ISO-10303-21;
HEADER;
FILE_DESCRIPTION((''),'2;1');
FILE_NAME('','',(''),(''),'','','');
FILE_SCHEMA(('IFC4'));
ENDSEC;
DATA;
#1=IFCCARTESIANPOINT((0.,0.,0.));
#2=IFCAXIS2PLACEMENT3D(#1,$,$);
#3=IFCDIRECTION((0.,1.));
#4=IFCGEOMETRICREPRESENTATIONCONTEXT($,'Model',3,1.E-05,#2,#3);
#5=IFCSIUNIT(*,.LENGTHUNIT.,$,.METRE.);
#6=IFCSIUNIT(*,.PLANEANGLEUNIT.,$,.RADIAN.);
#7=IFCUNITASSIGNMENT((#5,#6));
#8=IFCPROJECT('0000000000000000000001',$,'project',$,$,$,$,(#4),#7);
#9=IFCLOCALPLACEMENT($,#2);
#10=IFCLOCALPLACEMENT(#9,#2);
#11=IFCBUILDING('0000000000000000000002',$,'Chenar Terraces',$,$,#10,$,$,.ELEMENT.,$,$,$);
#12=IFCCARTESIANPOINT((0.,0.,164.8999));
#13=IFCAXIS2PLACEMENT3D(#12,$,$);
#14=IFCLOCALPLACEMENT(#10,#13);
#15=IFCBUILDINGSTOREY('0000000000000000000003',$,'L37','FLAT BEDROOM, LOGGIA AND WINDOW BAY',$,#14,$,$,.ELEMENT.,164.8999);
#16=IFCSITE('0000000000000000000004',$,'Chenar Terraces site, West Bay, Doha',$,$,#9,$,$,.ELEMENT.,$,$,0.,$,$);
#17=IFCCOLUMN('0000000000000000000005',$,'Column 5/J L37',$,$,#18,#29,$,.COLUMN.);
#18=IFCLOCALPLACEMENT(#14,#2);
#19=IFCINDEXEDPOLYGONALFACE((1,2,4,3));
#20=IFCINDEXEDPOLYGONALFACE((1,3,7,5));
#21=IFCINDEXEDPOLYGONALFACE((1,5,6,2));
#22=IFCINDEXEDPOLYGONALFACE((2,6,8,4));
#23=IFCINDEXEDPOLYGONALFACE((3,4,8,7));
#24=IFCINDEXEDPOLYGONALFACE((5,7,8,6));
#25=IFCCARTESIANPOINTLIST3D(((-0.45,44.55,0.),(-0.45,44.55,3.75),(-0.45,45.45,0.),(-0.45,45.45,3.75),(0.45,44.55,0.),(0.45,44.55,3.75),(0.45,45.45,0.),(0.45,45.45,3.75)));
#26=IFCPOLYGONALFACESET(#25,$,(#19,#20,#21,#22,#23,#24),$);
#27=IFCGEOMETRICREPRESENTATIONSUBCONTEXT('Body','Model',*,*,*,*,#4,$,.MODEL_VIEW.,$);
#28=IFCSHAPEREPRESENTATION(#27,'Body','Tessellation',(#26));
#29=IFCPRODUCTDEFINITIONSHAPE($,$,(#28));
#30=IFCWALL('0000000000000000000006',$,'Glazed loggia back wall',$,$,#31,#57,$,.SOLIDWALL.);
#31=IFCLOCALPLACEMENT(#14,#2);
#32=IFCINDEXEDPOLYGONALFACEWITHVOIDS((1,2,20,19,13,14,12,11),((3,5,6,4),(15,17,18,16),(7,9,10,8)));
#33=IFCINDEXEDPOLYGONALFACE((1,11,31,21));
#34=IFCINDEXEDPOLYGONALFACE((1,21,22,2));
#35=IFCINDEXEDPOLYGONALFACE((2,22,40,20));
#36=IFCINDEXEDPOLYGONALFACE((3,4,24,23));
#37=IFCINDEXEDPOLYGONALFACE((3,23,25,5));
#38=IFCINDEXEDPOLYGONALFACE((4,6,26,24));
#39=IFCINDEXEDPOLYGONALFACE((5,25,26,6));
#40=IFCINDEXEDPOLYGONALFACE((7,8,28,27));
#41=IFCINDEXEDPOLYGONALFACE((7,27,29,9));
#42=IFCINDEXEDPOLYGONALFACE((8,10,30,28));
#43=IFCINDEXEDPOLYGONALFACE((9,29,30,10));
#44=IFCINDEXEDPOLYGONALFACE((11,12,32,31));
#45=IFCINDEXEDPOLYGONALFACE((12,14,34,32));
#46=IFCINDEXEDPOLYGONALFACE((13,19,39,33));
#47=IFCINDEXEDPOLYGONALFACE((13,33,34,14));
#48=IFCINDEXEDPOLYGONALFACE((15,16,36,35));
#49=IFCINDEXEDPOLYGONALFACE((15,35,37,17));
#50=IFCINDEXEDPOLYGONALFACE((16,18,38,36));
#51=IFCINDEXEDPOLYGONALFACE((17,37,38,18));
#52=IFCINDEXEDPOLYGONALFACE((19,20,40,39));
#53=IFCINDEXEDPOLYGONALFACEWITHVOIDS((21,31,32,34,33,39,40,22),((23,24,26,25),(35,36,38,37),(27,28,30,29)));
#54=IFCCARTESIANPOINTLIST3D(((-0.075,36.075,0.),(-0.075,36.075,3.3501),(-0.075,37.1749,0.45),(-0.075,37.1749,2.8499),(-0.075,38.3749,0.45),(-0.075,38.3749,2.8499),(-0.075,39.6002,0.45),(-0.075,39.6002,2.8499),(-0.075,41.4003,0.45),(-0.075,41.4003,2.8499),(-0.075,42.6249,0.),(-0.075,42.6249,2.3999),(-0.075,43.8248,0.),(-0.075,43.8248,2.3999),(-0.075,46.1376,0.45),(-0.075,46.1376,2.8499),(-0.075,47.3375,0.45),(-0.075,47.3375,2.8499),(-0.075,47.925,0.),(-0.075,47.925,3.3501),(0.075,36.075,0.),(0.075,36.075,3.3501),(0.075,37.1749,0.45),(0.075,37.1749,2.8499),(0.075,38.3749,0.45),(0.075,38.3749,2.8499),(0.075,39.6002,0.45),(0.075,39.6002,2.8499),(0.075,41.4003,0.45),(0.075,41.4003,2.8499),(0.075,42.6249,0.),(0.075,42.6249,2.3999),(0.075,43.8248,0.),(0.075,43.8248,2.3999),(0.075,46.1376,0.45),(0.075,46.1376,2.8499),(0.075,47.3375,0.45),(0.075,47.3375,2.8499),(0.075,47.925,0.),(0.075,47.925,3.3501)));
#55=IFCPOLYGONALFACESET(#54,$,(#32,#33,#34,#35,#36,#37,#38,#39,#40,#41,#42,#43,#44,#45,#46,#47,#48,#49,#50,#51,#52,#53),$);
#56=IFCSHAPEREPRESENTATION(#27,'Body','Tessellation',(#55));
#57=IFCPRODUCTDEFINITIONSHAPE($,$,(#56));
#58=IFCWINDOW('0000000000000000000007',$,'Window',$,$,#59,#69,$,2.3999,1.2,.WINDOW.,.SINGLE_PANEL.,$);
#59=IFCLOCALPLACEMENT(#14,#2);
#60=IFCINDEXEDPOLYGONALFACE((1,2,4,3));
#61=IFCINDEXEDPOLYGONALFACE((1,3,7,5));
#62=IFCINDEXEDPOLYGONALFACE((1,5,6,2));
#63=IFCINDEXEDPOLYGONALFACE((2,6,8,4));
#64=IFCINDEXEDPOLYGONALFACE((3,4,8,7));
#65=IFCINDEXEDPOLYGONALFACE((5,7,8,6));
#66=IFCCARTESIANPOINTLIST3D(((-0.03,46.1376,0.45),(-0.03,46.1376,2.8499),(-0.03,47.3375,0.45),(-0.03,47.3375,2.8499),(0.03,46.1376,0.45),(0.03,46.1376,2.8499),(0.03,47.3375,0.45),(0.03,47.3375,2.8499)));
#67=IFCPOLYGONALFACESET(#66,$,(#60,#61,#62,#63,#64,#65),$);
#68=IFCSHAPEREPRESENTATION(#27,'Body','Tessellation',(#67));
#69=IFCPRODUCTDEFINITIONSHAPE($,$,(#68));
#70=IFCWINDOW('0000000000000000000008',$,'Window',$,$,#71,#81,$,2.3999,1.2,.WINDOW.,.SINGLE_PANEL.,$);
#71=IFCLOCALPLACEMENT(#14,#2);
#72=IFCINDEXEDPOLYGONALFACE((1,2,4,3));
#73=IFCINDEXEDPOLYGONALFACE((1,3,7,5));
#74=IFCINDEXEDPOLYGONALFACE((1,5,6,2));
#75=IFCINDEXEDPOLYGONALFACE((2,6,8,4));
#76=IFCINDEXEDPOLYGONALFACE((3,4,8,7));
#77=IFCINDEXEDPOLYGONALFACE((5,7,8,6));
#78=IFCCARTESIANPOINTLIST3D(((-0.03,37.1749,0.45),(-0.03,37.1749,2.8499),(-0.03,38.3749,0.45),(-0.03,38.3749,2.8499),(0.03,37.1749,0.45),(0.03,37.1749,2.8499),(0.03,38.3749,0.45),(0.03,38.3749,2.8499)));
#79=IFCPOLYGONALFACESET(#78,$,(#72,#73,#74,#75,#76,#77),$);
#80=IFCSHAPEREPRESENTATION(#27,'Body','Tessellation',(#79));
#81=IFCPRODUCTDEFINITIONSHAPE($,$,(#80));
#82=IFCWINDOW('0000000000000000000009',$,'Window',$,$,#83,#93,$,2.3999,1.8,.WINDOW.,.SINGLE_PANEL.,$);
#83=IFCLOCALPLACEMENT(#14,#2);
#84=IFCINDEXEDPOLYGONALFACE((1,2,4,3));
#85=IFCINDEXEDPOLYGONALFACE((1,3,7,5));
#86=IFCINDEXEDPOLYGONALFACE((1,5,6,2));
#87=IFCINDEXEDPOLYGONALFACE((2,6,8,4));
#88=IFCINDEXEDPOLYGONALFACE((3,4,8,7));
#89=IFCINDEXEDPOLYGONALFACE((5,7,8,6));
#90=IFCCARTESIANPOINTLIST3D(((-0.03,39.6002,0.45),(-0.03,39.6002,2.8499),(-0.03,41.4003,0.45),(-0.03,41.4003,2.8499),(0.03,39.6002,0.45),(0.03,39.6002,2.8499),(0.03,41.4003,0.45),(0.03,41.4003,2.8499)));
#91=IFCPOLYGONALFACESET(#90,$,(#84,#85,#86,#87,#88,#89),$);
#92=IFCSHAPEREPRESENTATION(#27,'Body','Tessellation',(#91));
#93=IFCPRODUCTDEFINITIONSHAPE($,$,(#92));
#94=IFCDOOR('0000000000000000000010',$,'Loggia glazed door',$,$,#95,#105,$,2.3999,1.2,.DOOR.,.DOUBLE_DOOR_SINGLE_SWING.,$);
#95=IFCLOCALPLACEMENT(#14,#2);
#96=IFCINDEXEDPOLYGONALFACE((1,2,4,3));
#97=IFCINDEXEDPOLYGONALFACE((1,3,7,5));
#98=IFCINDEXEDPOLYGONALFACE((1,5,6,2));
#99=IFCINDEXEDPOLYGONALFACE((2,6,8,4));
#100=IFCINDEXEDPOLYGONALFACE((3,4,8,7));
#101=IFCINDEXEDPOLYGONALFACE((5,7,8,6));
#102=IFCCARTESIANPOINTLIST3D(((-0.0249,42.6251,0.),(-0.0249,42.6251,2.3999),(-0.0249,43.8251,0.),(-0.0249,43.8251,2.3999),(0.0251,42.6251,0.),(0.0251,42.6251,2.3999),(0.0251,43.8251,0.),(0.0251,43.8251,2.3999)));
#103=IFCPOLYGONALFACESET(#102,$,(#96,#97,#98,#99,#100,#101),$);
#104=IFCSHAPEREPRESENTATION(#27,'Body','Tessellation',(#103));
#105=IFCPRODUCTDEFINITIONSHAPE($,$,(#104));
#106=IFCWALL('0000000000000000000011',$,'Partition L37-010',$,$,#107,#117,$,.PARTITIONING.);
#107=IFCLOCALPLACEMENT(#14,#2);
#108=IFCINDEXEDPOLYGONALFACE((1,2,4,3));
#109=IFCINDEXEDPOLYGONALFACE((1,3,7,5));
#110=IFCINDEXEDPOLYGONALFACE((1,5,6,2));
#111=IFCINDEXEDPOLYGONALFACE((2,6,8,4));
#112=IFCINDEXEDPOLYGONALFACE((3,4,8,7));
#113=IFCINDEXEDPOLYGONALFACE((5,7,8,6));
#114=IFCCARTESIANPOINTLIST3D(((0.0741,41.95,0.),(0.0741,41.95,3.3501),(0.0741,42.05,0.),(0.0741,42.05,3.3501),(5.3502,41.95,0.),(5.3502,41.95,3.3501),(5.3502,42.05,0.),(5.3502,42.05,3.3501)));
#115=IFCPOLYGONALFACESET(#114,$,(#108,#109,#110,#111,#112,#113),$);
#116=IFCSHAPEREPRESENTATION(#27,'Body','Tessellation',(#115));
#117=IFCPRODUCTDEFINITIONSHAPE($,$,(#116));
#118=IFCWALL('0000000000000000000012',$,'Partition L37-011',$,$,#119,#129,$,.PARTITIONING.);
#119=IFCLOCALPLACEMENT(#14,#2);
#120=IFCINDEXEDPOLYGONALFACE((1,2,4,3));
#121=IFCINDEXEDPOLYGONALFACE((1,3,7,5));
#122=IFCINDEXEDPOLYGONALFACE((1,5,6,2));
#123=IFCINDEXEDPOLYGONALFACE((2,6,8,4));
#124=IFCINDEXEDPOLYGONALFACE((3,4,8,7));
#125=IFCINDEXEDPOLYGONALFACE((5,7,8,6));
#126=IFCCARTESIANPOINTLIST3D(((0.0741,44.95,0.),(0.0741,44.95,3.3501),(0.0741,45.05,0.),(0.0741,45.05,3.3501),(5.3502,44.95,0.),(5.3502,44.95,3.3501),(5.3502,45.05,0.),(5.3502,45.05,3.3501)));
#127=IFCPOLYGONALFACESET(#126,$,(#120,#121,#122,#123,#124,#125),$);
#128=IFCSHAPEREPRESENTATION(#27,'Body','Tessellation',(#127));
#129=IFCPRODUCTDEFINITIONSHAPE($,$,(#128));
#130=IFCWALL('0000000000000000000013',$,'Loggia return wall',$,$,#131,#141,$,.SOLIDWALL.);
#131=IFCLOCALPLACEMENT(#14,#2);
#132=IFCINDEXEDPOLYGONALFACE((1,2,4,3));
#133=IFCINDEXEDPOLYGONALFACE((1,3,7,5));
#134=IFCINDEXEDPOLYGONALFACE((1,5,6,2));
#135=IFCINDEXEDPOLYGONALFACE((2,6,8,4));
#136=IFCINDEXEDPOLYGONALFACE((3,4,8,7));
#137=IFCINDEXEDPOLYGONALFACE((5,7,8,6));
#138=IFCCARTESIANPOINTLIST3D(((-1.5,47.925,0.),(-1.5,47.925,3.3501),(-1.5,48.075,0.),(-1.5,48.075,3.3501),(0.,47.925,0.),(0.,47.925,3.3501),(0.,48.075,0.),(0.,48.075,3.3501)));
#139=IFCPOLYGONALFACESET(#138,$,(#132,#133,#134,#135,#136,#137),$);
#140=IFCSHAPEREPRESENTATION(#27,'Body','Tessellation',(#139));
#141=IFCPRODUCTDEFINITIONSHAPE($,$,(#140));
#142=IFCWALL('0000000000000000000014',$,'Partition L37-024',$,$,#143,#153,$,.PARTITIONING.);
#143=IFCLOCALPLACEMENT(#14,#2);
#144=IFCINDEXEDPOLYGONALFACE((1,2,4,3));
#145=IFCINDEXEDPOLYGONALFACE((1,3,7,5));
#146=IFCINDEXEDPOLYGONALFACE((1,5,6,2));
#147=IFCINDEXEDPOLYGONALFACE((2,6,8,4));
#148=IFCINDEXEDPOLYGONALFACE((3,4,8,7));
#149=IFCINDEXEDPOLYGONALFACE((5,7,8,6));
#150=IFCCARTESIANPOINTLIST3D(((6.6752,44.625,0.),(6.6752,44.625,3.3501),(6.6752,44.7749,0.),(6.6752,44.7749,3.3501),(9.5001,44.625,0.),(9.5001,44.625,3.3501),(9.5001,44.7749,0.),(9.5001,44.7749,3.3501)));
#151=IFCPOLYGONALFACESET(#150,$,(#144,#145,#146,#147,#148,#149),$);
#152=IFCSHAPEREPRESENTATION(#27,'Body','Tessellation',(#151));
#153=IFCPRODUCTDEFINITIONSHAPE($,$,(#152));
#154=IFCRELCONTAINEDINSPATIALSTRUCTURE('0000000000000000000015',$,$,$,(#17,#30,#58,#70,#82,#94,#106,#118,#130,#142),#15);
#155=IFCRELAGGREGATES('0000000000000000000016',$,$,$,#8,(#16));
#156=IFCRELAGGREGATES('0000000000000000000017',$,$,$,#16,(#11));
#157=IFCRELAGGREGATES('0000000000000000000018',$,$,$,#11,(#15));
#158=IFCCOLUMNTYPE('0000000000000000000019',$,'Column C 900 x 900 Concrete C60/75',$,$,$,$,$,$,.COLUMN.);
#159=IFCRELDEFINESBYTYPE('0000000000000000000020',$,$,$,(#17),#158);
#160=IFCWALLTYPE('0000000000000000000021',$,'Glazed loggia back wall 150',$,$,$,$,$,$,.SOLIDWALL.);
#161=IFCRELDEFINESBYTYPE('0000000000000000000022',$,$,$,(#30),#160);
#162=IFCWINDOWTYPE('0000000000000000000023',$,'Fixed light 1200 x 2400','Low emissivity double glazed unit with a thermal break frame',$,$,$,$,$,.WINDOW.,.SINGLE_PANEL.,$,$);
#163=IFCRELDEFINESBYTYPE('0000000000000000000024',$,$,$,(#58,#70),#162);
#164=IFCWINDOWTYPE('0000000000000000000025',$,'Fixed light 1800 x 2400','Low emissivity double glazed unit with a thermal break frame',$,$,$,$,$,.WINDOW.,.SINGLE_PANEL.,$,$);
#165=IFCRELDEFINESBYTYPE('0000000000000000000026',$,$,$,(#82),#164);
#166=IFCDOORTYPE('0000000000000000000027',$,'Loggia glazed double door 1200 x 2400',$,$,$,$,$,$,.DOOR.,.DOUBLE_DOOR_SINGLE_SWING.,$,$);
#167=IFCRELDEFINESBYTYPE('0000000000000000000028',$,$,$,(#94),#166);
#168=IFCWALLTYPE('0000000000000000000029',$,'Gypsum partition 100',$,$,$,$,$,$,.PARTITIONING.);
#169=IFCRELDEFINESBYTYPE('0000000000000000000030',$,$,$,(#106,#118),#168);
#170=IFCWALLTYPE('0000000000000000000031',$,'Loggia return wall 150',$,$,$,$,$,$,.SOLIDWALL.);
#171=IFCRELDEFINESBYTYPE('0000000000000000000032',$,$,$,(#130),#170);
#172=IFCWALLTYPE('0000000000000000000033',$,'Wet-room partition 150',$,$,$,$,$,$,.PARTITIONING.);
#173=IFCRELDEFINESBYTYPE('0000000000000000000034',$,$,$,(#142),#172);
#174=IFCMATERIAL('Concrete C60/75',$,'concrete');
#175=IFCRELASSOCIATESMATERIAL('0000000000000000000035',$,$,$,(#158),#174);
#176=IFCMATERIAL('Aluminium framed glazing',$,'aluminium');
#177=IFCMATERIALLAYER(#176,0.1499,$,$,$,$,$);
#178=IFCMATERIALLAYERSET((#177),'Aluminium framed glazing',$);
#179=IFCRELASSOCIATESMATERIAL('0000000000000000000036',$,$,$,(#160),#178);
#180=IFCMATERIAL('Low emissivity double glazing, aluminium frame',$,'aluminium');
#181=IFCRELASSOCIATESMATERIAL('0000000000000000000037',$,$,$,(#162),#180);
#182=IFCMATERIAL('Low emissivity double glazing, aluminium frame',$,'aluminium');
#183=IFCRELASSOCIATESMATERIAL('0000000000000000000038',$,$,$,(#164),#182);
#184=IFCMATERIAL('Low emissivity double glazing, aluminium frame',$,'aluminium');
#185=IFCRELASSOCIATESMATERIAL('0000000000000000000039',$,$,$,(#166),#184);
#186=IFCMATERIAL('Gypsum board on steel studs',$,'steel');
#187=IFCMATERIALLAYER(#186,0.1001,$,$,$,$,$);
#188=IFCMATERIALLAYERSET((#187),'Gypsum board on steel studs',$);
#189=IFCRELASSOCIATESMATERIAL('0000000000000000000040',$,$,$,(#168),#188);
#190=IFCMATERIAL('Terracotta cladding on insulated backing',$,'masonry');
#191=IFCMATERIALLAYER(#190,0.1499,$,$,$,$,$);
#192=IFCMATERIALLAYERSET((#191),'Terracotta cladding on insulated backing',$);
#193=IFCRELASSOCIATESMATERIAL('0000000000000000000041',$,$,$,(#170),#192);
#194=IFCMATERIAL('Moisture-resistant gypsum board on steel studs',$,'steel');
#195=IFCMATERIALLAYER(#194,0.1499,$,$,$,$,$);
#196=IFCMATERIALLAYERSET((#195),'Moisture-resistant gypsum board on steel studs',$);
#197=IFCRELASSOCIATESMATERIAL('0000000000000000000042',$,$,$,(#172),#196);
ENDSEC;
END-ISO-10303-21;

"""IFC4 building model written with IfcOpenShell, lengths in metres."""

from ifc_helpers import new_model, si_unit, direction, frame, frame_2d, origin, origin_2d, place, context, subcontext, project, spatial, rectangle, extrude, material, layer, layer_set, material_profile, profile_set, type_object, element, fill, save


model = new_model("IFC4")

# Units and contexts
model_context = context("Model", 3, precision=1e-05, world=origin(), true_north=direction((0.0, 1.0)))
body_context = subcontext(model_context, "Body", "Model", "MODEL_VIEW")
ifc_project = project(units=[si_unit("LENGTHUNIT", "METRE"), si_unit("PLANEANGLEUNIT", "RADIAN")], contexts=[model_context])

# Site, building, storey
site_placement = place(None, origin())
site = spatial("IfcSite", under=ifc_project, at=site_placement, Name="Chenar Terraces site, West Bay, Doha", CompositionType="ELEMENT", RefElevation=0.0)
building_placement = place(site_placement, origin())
building = spatial("IfcBuilding", under=site, at=building_placement, Name="Chenar Terraces", CompositionType="ELEMENT")
storey_placement = place(building_placement, frame((0.0, 0.0, 164.8999)))
storey = spatial("IfcBuildingStorey", under=building, at=storey_placement, Name="L37", Description="FLAT BEDROOM, LOGGIA AND WINDOW BAY", CompositionType="ELEMENT", Elevation=164.8999)

# Column
ifc_material_1 = material(Name="Concrete C60/75", Category="concrete")
ifc_material_profile_1 = material_profile(ifc_material_1, rectangle(XDim=0.8999, YDim=0.8999, at=origin_2d()), Name="C 900 x 900")
ifc_profile_set_1 = profile_set([ifc_material_profile_1], Name="Concrete C60/75")
column_type = type_object("IfcColumnType", Name="Column C 900 x 900 Concrete C60/75", PredefinedType="COLUMN", material=ifc_profile_set_1)
column_placement = place(storey_placement, frame((0.0, 45.0, 0.0), z_axis=(0.0, 0.0, 1.0), x_axis=(1.0, 0.0, 0.0)))
element("IfcColumn", 1, at=column_placement, inside=storey, type_object=column_type, Name="Column 5/J L37", PredefinedType="COLUMN", context=body_context, shape_type="SweptSolid", body=[
    extrude(rectangle(XDim=0.8999, YDim=0.8999, at=origin_2d()), origin(), (0.0, 0.0, 1.0), 3.75),
])

# Wall, openings, windows, door
ifc_material_2 = material(Name="Aluminium framed glazing", Category="aluminium")
ifc_layer_1 = layer(ifc_material_2, 0.1499)
ifc_layer_set_1 = layer_set([ifc_layer_1], Name="Aluminium framed glazing")
wall_type_1 = type_object("IfcWallType", Name="Glazed loggia back wall 150", PredefinedType="SOLIDWALL", material=ifc_layer_set_1)
wall_1_placement = place(storey_placement, frame((0.0, 47.925, 0.0), z_axis=(0.0, 0.0, 1.0), x_axis=(0.0, -1.0, 0.0)))
wall_1 = element("IfcWall", 2, at=wall_1_placement, inside=storey, type_object=wall_type_1, Name="Glazed loggia back wall", PredefinedType="SOLIDWALL", context=body_context, shape_type="SweptSolid", body=[
    extrude(rectangle(XDim=11.8501, YDim=0.1499, at=frame_2d((5.925, 0.0))), origin(), (0.0, 0.0, 1.0), 3.3501),
])
opening_1_placement = place(wall_1_placement, frame((0.5874, 0.0, 0.45)))
opening_1 = element("IfcOpeningElement", 3, at=opening_1_placement, cuts=wall_1, PredefinedType="OPENING", context=body_context, shape_type="SweptSolid", body=[
    extrude(rectangle(XDim=1.2, YDim=2.3999, at=frame_2d((0.6001, 1.2))), frame((0.0, 0.085, 0.0), z_axis=(0.0, -1.0, 0.0), x_axis=(1.0, 0.0, 0.0)), (0.0, 0.0, 1.0), 0.1699),
])
opening_2_placement = place(wall_1_placement, frame((4.1001, 0.0, 0.0)))
opening_2 = element("IfcOpeningElement", 4, at=opening_2_placement, cuts=wall_1, PredefinedType="OPENING", context=body_context, shape_type="SweptSolid", body=[
    extrude(rectangle(XDim=1.2, YDim=2.3999, at=frame_2d((0.6001, 1.2))), frame((0.0, 0.085, 0.0), z_axis=(0.0, -1.0, 0.0), x_axis=(1.0, 0.0, 0.0)), (0.0, 0.0, 1.0), 0.1699),
])
opening_3_placement = place(wall_1_placement, frame((6.5249, 0.0, 0.45)))
opening_3 = element("IfcOpeningElement", 5, at=opening_3_placement, cuts=wall_1, PredefinedType="OPENING", context=body_context, shape_type="SweptSolid", body=[
    extrude(rectangle(XDim=1.8, YDim=2.3999, at=frame_2d((0.8999, 1.2))), frame((0.0, 0.085, 0.0), z_axis=(0.0, -1.0, 0.0), x_axis=(1.0, 0.0, 0.0)), (0.0, 0.0, 1.0), 0.1699),
])
opening_4_placement = place(wall_1_placement, frame((9.55, 0.0, 0.45)))
opening_4 = element("IfcOpeningElement", 6, at=opening_4_placement, cuts=wall_1, PredefinedType="OPENING", context=body_context, shape_type="SweptSolid", body=[
    extrude(rectangle(XDim=1.2, YDim=2.3999, at=frame_2d((0.6001, 1.2))), frame((0.0, 0.085, 0.0), z_axis=(0.0, -1.0, 0.0), x_axis=(1.0, 0.0, 0.0)), (0.0, 0.0, 1.0), 0.1699),
])
ifc_material_3 = material(Name="Low emissivity double glazing, aluminium frame", Category="aluminium")
window_type_1 = type_object("IfcWindowType", Name="Fixed light 1200 x 2400", Description="Low emissivity double glazed unit with a thermal break frame", PartitioningType="SINGLE_PANEL", PredefinedType="WINDOW", material=ifc_material_3)
window_1_placement = place(opening_1_placement, origin())
window_1 = element("IfcWindow", 7, at=window_1_placement, inside=storey, type_object=window_type_1, Name="Window", OverallHeight=2.3999, OverallWidth=1.2, PartitioningType="SINGLE_PANEL", PredefinedType="WINDOW", context=body_context, shape_type="SweptSolid", body=[
    extrude(rectangle(XDim=1.2, YDim=2.3999, at=frame_2d((0.6001, 1.2))), frame((0.0, 0.03, 0.0), z_axis=(0.0, -1.0, 0.0), x_axis=(1.0, 0.0, 0.0)), (0.0, 0.0, 1.0), 0.0601),
])
fill(opening_1, window_1)
window_2_placement = place(opening_4_placement, origin())
window_2 = element("IfcWindow", 8, at=window_2_placement, inside=storey, type_object=window_type_1, Name="Window", OverallHeight=2.3999, OverallWidth=1.2, PartitioningType="SINGLE_PANEL", PredefinedType="WINDOW", context=body_context, shape_type="SweptSolid", body=[
    extrude(rectangle(XDim=1.2, YDim=2.3999, at=frame_2d((0.6001, 1.2))), frame((0.0, 0.03, 0.0), z_axis=(0.0, -1.0, 0.0), x_axis=(1.0, 0.0, 0.0)), (0.0, 0.0, 1.0), 0.0601),
])
fill(opening_4, window_2)
ifc_material_4 = material(Name="Low emissivity double glazing, aluminium frame", Category="aluminium")
window_type_2 = type_object("IfcWindowType", Name="Fixed light 1800 x 2400", Description="Low emissivity double glazed unit with a thermal break frame", PartitioningType="SINGLE_PANEL", PredefinedType="WINDOW", material=ifc_material_4)
window_3_placement = place(opening_3_placement, origin())
window_3 = element("IfcWindow", 9, at=window_3_placement, inside=storey, type_object=window_type_2, Name="Window", OverallHeight=2.3999, OverallWidth=1.8, PartitioningType="SINGLE_PANEL", PredefinedType="WINDOW", context=body_context, shape_type="SweptSolid", body=[
    extrude(rectangle(XDim=1.8, YDim=2.3999, at=frame_2d((0.8999, 1.2))), frame((0.0, 0.03, 0.0), z_axis=(0.0, -1.0, 0.0), x_axis=(1.0, 0.0, 0.0)), (0.0, 0.0, 1.0), 0.0601),
])
fill(opening_3, window_3)
ifc_material_5 = material(Name="Low emissivity double glazing, aluminium frame", Category="aluminium")
door_type = type_object("IfcDoorType", Name="Loggia glazed double door 1200 x 2400", OperationType="DOUBLE_DOOR_SINGLE_SWING", PredefinedType="DOOR", material=ifc_material_5)
door_placement = place(opening_2_placement, frame((1.2, 0.0, 0.0), z_axis=(0.0, 0.0, 1.0), x_axis=(-1.0, 0.0, 0.0)))
door = element("IfcDoor", 10, at=door_placement, inside=storey, type_object=door_type, Name="Loggia glazed door", OperationType="DOUBLE_DOOR_SINGLE_SWING", OverallHeight=2.3999, OverallWidth=1.2, PredefinedType="DOOR", context=body_context, shape_type="SweptSolid", body=[
    extrude(rectangle(XDim=1.2, YDim=2.3999, at=frame_2d((0.6001, 1.2))), frame((0.0, 0.0249, 0.0), z_axis=(0.0, -1.0, 0.0), x_axis=(1.0, 0.0, 0.0)), (0.0, 0.0, 1.0), 0.05),
])
fill(opening_2, door)

# Walls
ifc_material_6 = material(Name="Gypsum board on steel studs", Category="steel")
ifc_layer_2 = layer(ifc_material_6, 0.1001)
ifc_layer_set_2 = layer_set([ifc_layer_2], Name="Gypsum board on steel studs")
wall_type_2 = type_object("IfcWallType", Name="Gypsum partition 100", PredefinedType="PARTITIONING", material=ifc_layer_set_2)
for number, where, z_axis, x_axis, name in (
    (11, (0.074, 42.0, 0.0), (0.0, 0.0, 1.0), (1.0, 0.0, 0.0), "Partition L37-010"),
    (12, (0.074, 45.0, 0.0), (0.0, 0.0, 1.0), (1.0, 0.0, 0.0), "Partition L37-011"),
):
    element("IfcWall", number, at=place(storey_placement, frame(where, z_axis=z_axis, x_axis=x_axis)), inside=storey, type_object=wall_type_2, Name=name, PredefinedType="PARTITIONING", context=body_context, shape_type="SweptSolid", body=[
        extrude(rectangle(XDim=5.2761, YDim=0.1001, at=frame_2d((2.6382, 0.0))), origin(), (0.0, 0.0, 1.0), 3.3501),
    ])
ifc_material_7 = material(Name="Terracotta cladding on insulated backing", Category="masonry")
ifc_layer_3 = layer(ifc_material_7, 0.1499)
ifc_layer_set_3 = layer_set([ifc_layer_3], Name="Terracotta cladding on insulated backing")
wall_type_3 = type_object("IfcWallType", Name="Loggia return wall 150", PredefinedType="SOLIDWALL", material=ifc_layer_set_3)
wall_2_placement = place(storey_placement, frame((-1.5, 48.0, 0.0), z_axis=(0.0, 0.0, 1.0), x_axis=(1.0, 0.0, 0.0)))
element("IfcWall", 13, at=wall_2_placement, inside=storey, type_object=wall_type_3, Name="Loggia return wall", PredefinedType="SOLIDWALL", context=body_context, shape_type="SweptSolid", body=[
    extrude(rectangle(XDim=1.5, YDim=0.1499, at=frame_2d((0.75, 0.0))), origin(), (0.0, 0.0, 1.0), 3.3501),
])
ifc_material_8 = material(Name="Moisture-resistant gypsum board on steel studs", Category="steel")
ifc_layer_4 = layer(ifc_material_8, 0.1499)
ifc_layer_set_4 = layer_set([ifc_layer_4], Name="Moisture-resistant gypsum board on steel studs")
wall_type_4 = type_object("IfcWallType", Name="Wet-room partition 150", PredefinedType="PARTITIONING", material=ifc_layer_set_4)
wall_3_placement = place(storey_placement, frame((6.675, 44.7, 0.0), z_axis=(0.0, 0.0, 1.0), x_axis=(1.0, 0.0, 0.0)))
element("IfcWall", 14, at=wall_3_placement, inside=storey, type_object=wall_type_4, Name="Partition L37-024", PredefinedType="PARTITIONING", context=body_context, shape_type="SweptSolid", body=[
    extrude(rectangle(XDim=2.825, YDim=0.1499, at=frame_2d((1.4126, 0.0))), origin(), (0.0, 0.0, 1.0), 3.3501),
])

save(model, "model.ifc")
